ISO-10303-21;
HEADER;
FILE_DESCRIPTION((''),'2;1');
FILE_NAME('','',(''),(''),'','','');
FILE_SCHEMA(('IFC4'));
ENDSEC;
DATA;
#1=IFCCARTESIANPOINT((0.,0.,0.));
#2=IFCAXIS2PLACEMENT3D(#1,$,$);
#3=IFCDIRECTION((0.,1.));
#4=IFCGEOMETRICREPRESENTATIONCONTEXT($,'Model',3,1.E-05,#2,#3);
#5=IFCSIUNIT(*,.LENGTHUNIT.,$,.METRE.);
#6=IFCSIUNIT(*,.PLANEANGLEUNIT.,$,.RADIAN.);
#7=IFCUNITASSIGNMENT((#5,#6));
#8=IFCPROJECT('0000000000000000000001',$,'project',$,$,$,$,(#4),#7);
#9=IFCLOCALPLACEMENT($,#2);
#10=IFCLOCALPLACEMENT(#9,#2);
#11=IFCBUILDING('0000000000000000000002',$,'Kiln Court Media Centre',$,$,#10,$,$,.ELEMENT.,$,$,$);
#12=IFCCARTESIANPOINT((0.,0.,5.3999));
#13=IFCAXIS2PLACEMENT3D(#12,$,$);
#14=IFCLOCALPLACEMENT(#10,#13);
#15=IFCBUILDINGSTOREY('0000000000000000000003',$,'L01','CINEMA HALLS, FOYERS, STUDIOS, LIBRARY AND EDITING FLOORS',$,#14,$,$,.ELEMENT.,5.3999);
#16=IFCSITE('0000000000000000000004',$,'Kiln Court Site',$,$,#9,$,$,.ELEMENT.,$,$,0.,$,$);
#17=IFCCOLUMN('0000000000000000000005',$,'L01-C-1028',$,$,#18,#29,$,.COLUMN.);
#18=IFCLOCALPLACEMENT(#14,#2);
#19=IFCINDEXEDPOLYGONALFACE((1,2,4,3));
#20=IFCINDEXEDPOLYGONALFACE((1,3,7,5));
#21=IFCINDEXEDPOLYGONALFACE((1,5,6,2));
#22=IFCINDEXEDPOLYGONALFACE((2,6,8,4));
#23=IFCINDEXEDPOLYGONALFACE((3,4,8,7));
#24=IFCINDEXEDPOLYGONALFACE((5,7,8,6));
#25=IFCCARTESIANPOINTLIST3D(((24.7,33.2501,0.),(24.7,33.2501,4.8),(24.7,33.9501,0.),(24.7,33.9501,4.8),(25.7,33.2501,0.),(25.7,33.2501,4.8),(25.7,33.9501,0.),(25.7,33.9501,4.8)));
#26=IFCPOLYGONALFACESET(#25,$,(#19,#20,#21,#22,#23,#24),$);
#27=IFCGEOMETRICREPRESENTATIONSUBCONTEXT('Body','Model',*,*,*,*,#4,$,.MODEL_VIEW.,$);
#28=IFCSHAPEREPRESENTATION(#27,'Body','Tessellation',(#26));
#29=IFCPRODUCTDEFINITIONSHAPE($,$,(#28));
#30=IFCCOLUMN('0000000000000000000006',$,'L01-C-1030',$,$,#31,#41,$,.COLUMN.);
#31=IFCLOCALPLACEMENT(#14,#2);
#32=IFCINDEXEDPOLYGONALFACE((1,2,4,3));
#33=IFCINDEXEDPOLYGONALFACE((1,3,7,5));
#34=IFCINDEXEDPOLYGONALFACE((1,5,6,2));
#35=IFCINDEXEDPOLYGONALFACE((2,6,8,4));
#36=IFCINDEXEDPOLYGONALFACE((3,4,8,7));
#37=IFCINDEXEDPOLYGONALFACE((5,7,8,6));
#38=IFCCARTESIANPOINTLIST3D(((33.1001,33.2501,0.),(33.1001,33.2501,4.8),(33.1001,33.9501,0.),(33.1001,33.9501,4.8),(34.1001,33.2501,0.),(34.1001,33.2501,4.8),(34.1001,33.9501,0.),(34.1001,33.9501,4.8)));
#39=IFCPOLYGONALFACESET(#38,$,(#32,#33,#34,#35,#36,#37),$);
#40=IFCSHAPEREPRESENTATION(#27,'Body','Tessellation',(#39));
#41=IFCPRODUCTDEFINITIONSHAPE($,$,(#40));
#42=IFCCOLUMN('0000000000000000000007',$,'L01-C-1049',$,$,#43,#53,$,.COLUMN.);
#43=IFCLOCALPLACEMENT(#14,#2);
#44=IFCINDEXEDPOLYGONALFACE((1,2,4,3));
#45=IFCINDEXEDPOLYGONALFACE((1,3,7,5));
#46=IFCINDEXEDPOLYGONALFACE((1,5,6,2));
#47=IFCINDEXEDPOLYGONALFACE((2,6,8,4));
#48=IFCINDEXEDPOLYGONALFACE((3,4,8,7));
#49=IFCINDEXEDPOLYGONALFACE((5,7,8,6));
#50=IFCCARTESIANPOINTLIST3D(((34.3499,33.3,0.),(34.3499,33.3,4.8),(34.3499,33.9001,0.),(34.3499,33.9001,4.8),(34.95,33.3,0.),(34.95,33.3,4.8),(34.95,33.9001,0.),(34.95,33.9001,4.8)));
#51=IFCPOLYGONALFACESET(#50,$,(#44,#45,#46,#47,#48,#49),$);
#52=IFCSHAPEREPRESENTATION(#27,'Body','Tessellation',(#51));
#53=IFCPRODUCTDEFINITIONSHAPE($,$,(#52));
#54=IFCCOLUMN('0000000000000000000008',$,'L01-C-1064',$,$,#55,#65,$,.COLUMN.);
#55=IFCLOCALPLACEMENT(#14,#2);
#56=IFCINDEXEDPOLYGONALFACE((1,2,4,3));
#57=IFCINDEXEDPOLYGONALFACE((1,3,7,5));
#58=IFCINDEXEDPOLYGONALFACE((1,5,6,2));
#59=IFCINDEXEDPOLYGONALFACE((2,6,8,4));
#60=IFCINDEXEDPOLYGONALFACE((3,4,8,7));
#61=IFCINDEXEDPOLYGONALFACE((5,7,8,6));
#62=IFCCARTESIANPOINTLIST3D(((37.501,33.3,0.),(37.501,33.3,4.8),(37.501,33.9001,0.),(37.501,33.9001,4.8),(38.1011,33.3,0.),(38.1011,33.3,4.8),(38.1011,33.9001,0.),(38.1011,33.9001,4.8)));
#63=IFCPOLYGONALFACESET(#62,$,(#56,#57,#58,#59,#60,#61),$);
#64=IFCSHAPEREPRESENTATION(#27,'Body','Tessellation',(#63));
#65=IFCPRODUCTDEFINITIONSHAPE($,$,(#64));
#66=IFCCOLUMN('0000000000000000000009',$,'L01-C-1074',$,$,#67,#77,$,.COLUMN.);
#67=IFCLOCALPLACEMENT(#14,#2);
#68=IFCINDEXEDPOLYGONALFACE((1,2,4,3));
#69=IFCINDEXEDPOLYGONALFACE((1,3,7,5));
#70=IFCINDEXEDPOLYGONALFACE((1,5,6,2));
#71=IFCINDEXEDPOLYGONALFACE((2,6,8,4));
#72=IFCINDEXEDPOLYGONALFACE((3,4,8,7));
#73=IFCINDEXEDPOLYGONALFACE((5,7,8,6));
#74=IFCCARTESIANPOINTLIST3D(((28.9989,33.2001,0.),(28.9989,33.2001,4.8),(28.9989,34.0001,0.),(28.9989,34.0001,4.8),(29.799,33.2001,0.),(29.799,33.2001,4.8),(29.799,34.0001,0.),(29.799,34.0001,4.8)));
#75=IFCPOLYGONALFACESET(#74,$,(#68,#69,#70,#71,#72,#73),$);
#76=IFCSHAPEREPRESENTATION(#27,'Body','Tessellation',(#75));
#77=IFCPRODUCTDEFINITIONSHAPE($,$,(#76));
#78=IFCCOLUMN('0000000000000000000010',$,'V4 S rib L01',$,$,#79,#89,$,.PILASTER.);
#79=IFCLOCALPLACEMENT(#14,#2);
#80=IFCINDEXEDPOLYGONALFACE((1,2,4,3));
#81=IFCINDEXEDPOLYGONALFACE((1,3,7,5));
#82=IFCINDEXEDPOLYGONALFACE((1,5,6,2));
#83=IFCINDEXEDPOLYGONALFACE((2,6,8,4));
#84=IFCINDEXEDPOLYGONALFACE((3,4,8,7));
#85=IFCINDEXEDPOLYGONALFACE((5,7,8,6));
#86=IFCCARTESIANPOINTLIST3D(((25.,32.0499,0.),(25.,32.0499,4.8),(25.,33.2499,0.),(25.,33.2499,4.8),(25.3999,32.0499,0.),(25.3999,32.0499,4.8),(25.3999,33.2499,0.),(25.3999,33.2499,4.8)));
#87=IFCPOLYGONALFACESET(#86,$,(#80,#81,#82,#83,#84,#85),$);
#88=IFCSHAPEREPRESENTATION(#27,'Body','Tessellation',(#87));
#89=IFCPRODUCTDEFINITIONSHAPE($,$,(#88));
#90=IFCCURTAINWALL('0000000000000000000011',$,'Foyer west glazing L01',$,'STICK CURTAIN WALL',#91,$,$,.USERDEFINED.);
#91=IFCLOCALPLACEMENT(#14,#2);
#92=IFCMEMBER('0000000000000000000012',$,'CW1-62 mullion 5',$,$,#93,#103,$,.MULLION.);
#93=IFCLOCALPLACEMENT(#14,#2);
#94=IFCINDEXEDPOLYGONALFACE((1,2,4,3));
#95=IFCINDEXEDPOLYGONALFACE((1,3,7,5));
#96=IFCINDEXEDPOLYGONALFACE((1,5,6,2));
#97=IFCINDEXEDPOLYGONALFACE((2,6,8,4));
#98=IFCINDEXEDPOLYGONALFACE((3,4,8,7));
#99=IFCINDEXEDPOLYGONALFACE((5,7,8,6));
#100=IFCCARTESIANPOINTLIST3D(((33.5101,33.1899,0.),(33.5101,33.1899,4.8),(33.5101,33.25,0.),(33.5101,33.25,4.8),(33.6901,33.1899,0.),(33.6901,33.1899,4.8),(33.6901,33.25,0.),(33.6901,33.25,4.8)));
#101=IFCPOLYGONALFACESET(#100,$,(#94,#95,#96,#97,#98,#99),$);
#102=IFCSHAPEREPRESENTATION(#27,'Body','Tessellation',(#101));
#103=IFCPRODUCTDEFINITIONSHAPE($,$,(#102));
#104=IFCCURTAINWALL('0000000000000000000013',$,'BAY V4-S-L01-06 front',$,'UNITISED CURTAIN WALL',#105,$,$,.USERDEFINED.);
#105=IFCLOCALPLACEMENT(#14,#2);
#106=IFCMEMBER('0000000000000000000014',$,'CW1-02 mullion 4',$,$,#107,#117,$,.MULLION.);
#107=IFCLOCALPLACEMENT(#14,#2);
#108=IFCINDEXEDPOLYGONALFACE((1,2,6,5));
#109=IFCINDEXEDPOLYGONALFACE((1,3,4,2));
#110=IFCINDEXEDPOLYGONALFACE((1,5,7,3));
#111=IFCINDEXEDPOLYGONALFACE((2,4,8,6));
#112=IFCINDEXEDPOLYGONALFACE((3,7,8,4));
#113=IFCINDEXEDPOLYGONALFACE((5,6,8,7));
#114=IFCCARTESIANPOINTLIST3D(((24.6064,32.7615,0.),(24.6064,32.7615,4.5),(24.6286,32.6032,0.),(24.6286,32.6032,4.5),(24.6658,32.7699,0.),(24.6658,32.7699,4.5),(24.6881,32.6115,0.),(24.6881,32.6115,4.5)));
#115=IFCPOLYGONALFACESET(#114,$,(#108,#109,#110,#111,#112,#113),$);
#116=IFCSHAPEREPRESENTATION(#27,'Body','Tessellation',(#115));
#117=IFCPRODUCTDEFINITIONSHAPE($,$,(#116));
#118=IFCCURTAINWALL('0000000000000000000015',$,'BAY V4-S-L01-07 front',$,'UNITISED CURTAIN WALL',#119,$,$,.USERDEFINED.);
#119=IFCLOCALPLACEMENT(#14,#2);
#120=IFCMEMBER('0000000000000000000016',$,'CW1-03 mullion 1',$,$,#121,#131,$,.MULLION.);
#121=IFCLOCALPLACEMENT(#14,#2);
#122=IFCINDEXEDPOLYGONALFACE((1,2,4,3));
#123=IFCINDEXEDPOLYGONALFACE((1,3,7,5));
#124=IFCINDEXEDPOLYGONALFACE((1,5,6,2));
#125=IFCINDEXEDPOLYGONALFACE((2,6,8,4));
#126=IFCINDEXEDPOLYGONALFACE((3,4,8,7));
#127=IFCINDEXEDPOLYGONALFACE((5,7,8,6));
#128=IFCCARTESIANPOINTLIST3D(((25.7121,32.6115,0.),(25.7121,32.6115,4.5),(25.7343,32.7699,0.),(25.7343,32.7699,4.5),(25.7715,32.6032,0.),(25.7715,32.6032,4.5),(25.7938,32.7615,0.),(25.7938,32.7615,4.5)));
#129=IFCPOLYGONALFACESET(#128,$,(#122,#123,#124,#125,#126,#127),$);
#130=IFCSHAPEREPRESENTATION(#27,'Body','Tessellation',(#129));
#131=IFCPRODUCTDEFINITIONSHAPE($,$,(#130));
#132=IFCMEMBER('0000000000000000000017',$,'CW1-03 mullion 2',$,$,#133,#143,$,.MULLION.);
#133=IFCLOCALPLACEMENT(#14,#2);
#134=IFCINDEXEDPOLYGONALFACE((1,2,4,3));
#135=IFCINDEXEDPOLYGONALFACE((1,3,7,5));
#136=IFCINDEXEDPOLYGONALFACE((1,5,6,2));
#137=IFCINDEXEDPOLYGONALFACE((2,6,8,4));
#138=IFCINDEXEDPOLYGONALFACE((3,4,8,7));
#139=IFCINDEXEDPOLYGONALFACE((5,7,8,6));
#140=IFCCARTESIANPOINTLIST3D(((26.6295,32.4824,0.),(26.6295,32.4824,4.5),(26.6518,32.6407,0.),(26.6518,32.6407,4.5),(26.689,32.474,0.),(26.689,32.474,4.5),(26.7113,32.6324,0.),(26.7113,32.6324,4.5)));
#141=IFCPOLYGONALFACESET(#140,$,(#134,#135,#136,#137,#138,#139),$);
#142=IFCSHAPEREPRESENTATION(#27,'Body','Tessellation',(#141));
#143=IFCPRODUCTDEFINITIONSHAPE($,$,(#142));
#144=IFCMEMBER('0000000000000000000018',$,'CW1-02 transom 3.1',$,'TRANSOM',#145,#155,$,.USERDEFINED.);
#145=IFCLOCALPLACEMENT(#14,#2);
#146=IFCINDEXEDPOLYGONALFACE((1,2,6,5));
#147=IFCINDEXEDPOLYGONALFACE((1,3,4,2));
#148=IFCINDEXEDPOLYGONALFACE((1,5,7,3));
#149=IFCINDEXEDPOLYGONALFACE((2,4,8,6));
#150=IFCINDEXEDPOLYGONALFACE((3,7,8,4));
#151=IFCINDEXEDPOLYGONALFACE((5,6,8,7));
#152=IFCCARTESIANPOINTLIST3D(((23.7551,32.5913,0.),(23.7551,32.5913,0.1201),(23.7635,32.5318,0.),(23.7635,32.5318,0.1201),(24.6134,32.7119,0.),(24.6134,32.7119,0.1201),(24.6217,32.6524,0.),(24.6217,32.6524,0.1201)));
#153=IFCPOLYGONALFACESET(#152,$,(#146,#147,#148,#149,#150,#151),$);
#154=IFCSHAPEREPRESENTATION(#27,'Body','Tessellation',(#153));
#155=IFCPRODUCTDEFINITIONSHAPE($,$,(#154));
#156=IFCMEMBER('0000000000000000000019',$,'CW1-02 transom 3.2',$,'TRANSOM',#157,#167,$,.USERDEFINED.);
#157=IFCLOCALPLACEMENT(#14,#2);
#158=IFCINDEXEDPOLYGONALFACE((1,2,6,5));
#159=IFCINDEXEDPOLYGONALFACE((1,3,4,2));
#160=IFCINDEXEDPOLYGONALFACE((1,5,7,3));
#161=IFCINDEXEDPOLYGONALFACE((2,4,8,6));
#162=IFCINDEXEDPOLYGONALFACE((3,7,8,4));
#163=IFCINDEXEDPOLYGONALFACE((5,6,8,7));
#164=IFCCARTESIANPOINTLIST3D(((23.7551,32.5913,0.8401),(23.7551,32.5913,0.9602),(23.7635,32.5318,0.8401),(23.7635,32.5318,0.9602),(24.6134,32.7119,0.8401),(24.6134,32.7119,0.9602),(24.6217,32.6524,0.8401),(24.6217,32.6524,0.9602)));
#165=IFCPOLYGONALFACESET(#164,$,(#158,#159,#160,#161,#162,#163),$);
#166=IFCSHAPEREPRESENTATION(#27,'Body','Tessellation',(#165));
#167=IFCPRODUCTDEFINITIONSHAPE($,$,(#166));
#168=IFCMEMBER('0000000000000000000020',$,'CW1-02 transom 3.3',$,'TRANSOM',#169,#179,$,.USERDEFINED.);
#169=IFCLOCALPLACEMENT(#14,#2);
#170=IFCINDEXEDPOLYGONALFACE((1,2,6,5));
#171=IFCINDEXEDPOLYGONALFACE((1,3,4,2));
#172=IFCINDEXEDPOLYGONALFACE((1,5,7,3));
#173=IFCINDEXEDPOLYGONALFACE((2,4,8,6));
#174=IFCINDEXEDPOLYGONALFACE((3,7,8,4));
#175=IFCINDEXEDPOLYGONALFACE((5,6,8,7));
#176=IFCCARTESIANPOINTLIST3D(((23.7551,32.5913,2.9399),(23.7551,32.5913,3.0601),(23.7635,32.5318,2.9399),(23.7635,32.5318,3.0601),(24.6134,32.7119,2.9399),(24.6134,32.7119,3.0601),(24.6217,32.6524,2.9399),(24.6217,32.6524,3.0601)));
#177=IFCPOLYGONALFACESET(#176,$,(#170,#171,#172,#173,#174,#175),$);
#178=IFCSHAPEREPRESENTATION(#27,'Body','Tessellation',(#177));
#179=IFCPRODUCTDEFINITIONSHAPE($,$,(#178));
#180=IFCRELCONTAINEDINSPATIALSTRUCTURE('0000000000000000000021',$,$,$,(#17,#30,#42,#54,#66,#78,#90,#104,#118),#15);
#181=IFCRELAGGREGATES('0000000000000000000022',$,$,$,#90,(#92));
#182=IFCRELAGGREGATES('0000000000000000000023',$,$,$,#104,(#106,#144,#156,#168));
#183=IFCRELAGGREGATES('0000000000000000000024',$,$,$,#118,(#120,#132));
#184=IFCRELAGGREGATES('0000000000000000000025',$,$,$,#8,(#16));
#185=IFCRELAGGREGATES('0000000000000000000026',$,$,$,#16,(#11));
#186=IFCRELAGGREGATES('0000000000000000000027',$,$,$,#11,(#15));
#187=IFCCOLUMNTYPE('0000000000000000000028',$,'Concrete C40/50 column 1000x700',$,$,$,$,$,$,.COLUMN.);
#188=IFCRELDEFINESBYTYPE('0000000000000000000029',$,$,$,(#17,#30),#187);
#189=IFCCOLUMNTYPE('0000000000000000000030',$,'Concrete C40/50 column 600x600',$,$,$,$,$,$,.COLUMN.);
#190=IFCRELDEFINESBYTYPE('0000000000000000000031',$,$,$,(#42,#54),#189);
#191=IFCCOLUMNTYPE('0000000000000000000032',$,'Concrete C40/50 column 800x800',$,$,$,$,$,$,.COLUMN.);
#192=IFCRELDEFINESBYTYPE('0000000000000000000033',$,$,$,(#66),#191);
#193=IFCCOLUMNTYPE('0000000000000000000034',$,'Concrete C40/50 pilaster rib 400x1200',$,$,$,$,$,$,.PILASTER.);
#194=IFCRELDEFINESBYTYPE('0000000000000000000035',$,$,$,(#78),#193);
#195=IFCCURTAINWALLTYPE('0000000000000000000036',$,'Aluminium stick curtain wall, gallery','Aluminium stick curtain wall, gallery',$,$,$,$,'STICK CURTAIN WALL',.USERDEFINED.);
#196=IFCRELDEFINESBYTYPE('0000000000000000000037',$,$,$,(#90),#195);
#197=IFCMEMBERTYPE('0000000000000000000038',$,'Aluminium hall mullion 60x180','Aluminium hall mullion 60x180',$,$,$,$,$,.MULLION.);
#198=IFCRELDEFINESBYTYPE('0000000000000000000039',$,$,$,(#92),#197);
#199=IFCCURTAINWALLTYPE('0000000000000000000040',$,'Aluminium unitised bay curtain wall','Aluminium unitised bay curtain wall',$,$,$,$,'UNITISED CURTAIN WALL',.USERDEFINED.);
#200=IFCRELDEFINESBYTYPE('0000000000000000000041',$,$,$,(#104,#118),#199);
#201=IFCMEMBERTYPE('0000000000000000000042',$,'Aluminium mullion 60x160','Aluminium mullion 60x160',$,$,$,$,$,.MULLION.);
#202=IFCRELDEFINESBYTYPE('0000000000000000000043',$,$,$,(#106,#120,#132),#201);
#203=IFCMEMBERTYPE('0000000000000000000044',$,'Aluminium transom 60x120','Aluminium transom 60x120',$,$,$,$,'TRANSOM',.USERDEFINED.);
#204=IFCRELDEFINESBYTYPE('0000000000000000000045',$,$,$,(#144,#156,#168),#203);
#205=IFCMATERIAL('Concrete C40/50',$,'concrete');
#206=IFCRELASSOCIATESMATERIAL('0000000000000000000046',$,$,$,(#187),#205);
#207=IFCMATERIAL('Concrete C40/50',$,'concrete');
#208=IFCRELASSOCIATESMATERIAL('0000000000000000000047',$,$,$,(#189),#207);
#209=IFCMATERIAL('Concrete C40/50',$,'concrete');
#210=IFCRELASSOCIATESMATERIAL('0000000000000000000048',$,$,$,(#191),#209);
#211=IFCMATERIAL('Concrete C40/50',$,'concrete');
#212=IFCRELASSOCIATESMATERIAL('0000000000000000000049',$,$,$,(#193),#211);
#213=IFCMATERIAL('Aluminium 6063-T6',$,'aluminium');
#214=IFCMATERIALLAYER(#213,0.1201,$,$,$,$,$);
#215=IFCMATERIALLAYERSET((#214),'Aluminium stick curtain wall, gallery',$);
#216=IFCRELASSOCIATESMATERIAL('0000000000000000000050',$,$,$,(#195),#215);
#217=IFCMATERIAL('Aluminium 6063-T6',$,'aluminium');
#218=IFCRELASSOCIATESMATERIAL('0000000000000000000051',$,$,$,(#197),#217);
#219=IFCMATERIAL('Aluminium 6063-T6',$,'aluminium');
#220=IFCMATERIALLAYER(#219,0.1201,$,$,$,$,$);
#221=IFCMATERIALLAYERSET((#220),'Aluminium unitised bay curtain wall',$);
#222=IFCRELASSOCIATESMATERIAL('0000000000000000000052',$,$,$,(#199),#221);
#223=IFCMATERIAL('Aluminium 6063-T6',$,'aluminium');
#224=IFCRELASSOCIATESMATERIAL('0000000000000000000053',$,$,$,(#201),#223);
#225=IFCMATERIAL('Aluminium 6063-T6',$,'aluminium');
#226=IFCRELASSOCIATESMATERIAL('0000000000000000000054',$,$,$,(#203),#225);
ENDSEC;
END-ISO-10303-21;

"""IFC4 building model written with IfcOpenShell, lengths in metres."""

from ifc_helpers import new_model, si_unit, direction, frame, origin, origin_2d, place, context, subcontext, project, spatial, rectangle, extrude, material, layer, layer_set, material_profile, profile_set, type_object, element, aggregate, save


model = new_model("IFC4")

# Units and contexts
model_context = context("Model", 3, precision=1e-05, world=origin(), true_north=direction((0.0, 1.0)))
body_context = subcontext(model_context, "Body", "Model", "MODEL_VIEW")
ifc_project = project(units=[si_unit("LENGTHUNIT", "METRE"), si_unit("PLANEANGLEUNIT", "RADIAN")], contexts=[model_context])

# Site, building, storey
site_placement = place(None, origin())
site = spatial("IfcSite", under=ifc_project, at=site_placement, Name="Kiln Court Site", CompositionType="ELEMENT", RefElevation=0.0)
building_placement = place(site_placement, origin())
building = spatial("IfcBuilding", under=site, at=building_placement, Name="Kiln Court Media Centre", CompositionType="ELEMENT")
storey_placement = place(building_placement, frame((0.0, 0.0, 5.3999)))
storey = spatial("IfcBuildingStorey", under=building, at=storey_placement, Name="L01", Description="CINEMA HALLS, FOYERS, STUDIOS, LIBRARY AND EDITING FLOORS", CompositionType="ELEMENT", Elevation=5.3999)

# Columns
ifc_material_1 = material(Name="Concrete C40/50", Category="concrete")
ifc_material_profile_1 = material_profile(ifc_material_1, rectangle(XDim=1.0, YDim=0.7, at=origin_2d()), Name="RC 1000x700")
ifc_profile_set_1 = profile_set([ifc_material_profile_1], Name="Concrete C40/50")
column_type_1 = type_object("IfcColumnType", Name="Concrete C40/50 column 1000x700", PredefinedType="COLUMN", material=ifc_profile_set_1)
for number, where, z_axis, x_axis, name in (
    (1, (25.2, 33.6001, 0.0), (0.0, 0.0, 1.0), (1.0, 0.0, 0.0), "L01-C-1028"),
    (2, (33.6001, 33.6001, 0.0), (0.0, 0.0, 1.0), (1.0, 0.0, 0.0), "L01-C-1030"),
):
    element("IfcColumn", number, at=place(storey_placement, frame(where, z_axis=z_axis, x_axis=x_axis)), inside=storey, type_object=column_type_1, Name=name, PredefinedType="COLUMN", context=body_context, shape_type="SweptSolid", body=[
        extrude(rectangle(XDim=1.0, YDim=0.7, at=origin_2d()), origin(), (0.0, 0.0, 1.0), 4.8),
    ])
ifc_material_2 = material(Name="Concrete C40/50", Category="concrete")
ifc_material_profile_2 = material_profile(ifc_material_2, rectangle(XDim=0.6001, YDim=0.6001, at=origin_2d()), Name="RC 600x600")
ifc_profile_set_2 = profile_set([ifc_material_profile_2], Name="Concrete C40/50")
column_type_2 = type_object("IfcColumnType", Name="Concrete C40/50 column 600x600", PredefinedType="COLUMN", material=ifc_profile_set_2)
for number, where, z_axis, x_axis, name in (
    (3, (34.6499, 33.6001, 0.0), (0.0, 0.0, 1.0), (1.0, 0.0, 0.0), "L01-C-1049"),
    (4, (37.801, 33.6001, 0.0), (0.0, 0.0, 1.0), (1.0, 0.0, 0.0), "L01-C-1064"),
):
    element("IfcColumn", number, at=place(storey_placement, frame(where, z_axis=z_axis, x_axis=x_axis)), inside=storey, type_object=column_type_2, Name=name, PredefinedType="COLUMN", context=body_context, shape_type="SweptSolid", body=[
        extrude(rectangle(XDim=0.6001, YDim=0.6001, at=origin_2d()), origin(), (0.0, 0.0, 1.0), 4.8),
    ])
ifc_material_3 = material(Name="Concrete C40/50", Category="concrete")
ifc_material_profile_3 = material_profile(ifc_material_3, rectangle(XDim=0.8, YDim=0.8, at=origin_2d()), Name="RC 800x800")
ifc_profile_set_3 = profile_set([ifc_material_profile_3], Name="Concrete C40/50")
column_type_3 = type_object("IfcColumnType", Name="Concrete C40/50 column 800x800", PredefinedType="COLUMN", material=ifc_profile_set_3)
column_1_placement = place(storey_placement, frame((29.3989, 33.6001, 0.0), z_axis=(0.0, 0.0, 1.0), x_axis=(1.0, 0.0, 0.0)))
element("IfcColumn", 5, at=column_1_placement, inside=storey, type_object=column_type_3, Name="L01-C-1074", PredefinedType="COLUMN", context=body_context, shape_type="SweptSolid", body=[
    extrude(rectangle(XDim=0.8, YDim=0.8, at=origin_2d()), origin(), (0.0, 0.0, 1.0), 4.8),
])
ifc_material_4 = material(Name="Concrete C40/50", Category="concrete")
ifc_material_profile_4 = material_profile(ifc_material_4, rectangle(XDim=0.3999, YDim=1.2, at=origin_2d()), Name="RC 400x1200")
ifc_profile_set_4 = profile_set([ifc_material_profile_4], Name="Concrete C40/50")
column_type_4 = type_object("IfcColumnType", Name="Concrete C40/50 pilaster rib 400x1200", PredefinedType="PILASTER", material=ifc_profile_set_4)
column_2_placement = place(storey_placement, frame((25.2, 32.6499, 0.0), z_axis=(0.0, 0.0, 1.0), x_axis=(1.0, 0.0, 0.0)))
element("IfcColumn", 6, at=column_2_placement, inside=storey, type_object=column_type_4, Name="V4 S rib L01", PredefinedType="PILASTER", context=body_context, shape_type="SweptSolid", body=[
    extrude(rectangle(XDim=0.3999, YDim=1.2, at=origin_2d()), origin(), (0.0, 0.0, 1.0), 4.8),
])

# Curtain walls, members
ifc_material_5 = material(Name="Aluminium 6063-T6", Category="aluminium")
ifc_layer_1 = layer(ifc_material_5, 0.1201)
ifc_layer_set_1 = layer_set([ifc_layer_1], Name="Aluminium stick curtain wall, gallery")
curtain_wall_type_1 = type_object("IfcCurtainWallType", Name="Aluminium stick curtain wall, gallery", Description="Aluminium stick curtain wall, gallery", ElementType="STICK CURTAIN WALL", PredefinedType="USERDEFINED", material=ifc_layer_set_1)
curtain_wall_1_placement = place(storey_placement, origin())
curtain_wall_1 = element("IfcCurtainWall", 7, at=curtain_wall_1_placement, inside=storey, type_object=curtain_wall_type_1, Name="Foyer west glazing L01", ObjectType="STICK CURTAIN WALL", PredefinedType="USERDEFINED")
ifc_material_6 = material(Name="Aluminium 6063-T6", Category="aluminium")
ifc_material_profile_5 = material_profile(ifc_material_6, rectangle(XDim=0.0601, YDim=0.1799, at=origin_2d()), Name="Aluminium hall mullion 60x180")
ifc_profile_set_5 = profile_set([ifc_material_profile_5], Name="Aluminium 6063-T6")
member_type_1 = type_object("IfcMemberType", Name="Aluminium hall mullion 60x180", Description="Aluminium hall mullion 60x180", PredefinedType="MULLION", material=ifc_profile_set_5)
member_1_placement = place(storey_placement, frame((33.6001, 33.22, 0.0), z_axis=(0.0, 0.0, 1.0), x_axis=(0.0, 1.0, 0.0)))
member_1 = element("IfcMember", 8, at=member_1_placement, type_object=member_type_1, Name="CW1-62 mullion 5", PredefinedType="MULLION", context=body_context, shape_type="SweptSolid", body=[
    extrude(rectangle(XDim=0.0601, YDim=0.1799, at=origin_2d()), origin(), (0.0, 0.0, 1.0), 4.8),
])
aggregate(curtain_wall_1, [member_1])
ifc_material_7 = material(Name="Aluminium 6063-T6", Category="aluminium")
ifc_layer_2 = layer(ifc_material_7, 0.1201)
ifc_layer_set_2 = layer_set([ifc_layer_2], Name="Aluminium unitised bay curtain wall")
curtain_wall_type_2 = type_object("IfcCurtainWallType", Name="Aluminium unitised bay curtain wall", Description="Aluminium unitised bay curtain wall", ElementType="UNITISED CURTAIN WALL", PredefinedType="USERDEFINED", material=ifc_layer_set_2)
curtain_wall_2_placement = place(storey_placement, origin())
curtain_wall_2 = element("IfcCurtainWall", 9, at=curtain_wall_2_placement, inside=storey, type_object=curtain_wall_type_2, Name="BAY V4-S-L01-06 front", ObjectType="UNITISED CURTAIN WALL", PredefinedType="USERDEFINED")
ifc_material_8 = material(Name="Aluminium 6063-T6", Category="aluminium")
ifc_material_profile_6 = material_profile(ifc_material_8, rectangle(XDim=0.0601, YDim=0.1599, at=origin_2d()), Name="Aluminium mullion 60x160")
ifc_profile_set_6 = profile_set([ifc_material_profile_6], Name="Aluminium 6063-T6")
member_type_2 = type_object("IfcMemberType", Name="Aluminium mullion 60x160", Description="Aluminium mullion 60x160", PredefinedType="MULLION", material=ifc_profile_set_6)
member_2_placement = place(storey_placement, frame((24.6472, 32.6865, 0.0), z_axis=(0.0, 0.0, 1.0), x_axis=(0.99027, 0.139162, 0.0)))
member_2 = element("IfcMember", 10, at=member_2_placement, type_object=member_type_2, Name="CW1-02 mullion 4", PredefinedType="MULLION", context=body_context, shape_type="SweptSolid", body=[
    extrude(rectangle(XDim=0.0601, YDim=0.1599, at=origin_2d()), origin(), (0.0, 0.0, 1.0), 4.5),
])

# Curtain wall, members
curtain_wall_3_placement = place(storey_placement, origin())
curtain_wall_3 = element("IfcCurtainWall", 11, at=curtain_wall_3_placement, inside=storey, type_object=curtain_wall_type_2, Name="BAY V4-S-L01-07 front", ObjectType="UNITISED CURTAIN WALL", PredefinedType="USERDEFINED")
member_3_placement = place(storey_placement, frame((25.7529, 32.6865, 0.0), z_axis=(0.0, 0.0, 1.0), x_axis=(0.99027, -0.139162, 0.0)))
member_3 = element("IfcMember", 12, at=member_3_placement, type_object=member_type_2, Name="CW1-03 mullion 1", PredefinedType="MULLION", context=body_context, shape_type="SweptSolid", body=[
    extrude(rectangle(XDim=0.0601, YDim=0.1599, at=origin_2d()), origin(), (0.0, 0.0, 1.0), 4.5),
])
member_4_placement = place(storey_placement, frame((26.6704, 32.5574, 0.0), z_axis=(0.0, 0.0, 1.0), x_axis=(0.99027, -0.139162, 0.0)))
member_4 = element("IfcMember", 13, at=member_4_placement, type_object=member_type_2, Name="CW1-03 mullion 2", PredefinedType="MULLION", context=body_context, shape_type="SweptSolid", body=[
    extrude(rectangle(XDim=0.0601, YDim=0.1599, at=origin_2d()), origin(), (0.0, 0.0, 1.0), 4.5),
])

# Members
ifc_material_9 = material(Name="Aluminium 6063-T6", Category="aluminium")
ifc_material_profile_7 = material_profile(ifc_material_9, rectangle(XDim=0.0601, YDim=0.1201, at=origin_2d()), Name="Aluminium transom 60x120")
ifc_profile_set_7 = profile_set([ifc_material_profile_7], Name="Aluminium 6063-T6")
member_type_3 = type_object("IfcMemberType", Name="Aluminium transom 60x120", Description="Aluminium transom 60x120", ElementType="TRANSOM", PredefinedType="USERDEFINED", material=ifc_profile_set_7)
member_5_placement = place(storey_placement, frame((23.7593, 32.5615, 0.0601), z_axis=(0.990268, 0.139173, 0.0), x_axis=(-0.139173, 0.990268, 0.0)))
member_5 = element("IfcMember", 14, at=member_5_placement, type_object=member_type_3, Name="CW1-02 transom 3.1", ObjectType="TRANSOM", PredefinedType="USERDEFINED", context=body_context, shape_type="SweptSolid", body=[
    extrude(rectangle(XDim=0.0601, YDim=0.1201, at=origin_2d()), origin(), (0.0, 0.0, 1.0), 0.8667),
])
member_6_placement = place(storey_placement, frame((23.7593, 32.5615, 0.9001), z_axis=(0.990268, 0.139173, 0.0), x_axis=(-0.139173, 0.990268, 0.0)))
member_6 = element("IfcMember", 15, at=member_6_placement, type_object=member_type_3, Name="CW1-02 transom 3.2", ObjectType="TRANSOM", PredefinedType="USERDEFINED", context=body_context, shape_type="SweptSolid", body=[
    extrude(rectangle(XDim=0.0601, YDim=0.1201, at=origin_2d()), origin(), (0.0, 0.0, 1.0), 0.8667),
])
member_7_placement = place(storey_placement, frame((23.7593, 32.5615, 3.0), z_axis=(0.990268, 0.139173, 0.0), x_axis=(-0.139173, 0.990268, 0.0)))
member_7 = element("IfcMember", 16, at=member_7_placement, type_object=member_type_3, Name="CW1-02 transom 3.3", ObjectType="TRANSOM", PredefinedType="USERDEFINED", context=body_context, shape_type="SweptSolid", body=[
    extrude(rectangle(XDim=0.0601, YDim=0.1201, at=origin_2d()), origin(), (0.0, 0.0, 1.0), 0.8667),
])

aggregate(curtain_wall_2, [member_2, member_5, member_6, member_7])
aggregate(curtain_wall_3, [member_3, member_4])

save(model, "model.ifc")
